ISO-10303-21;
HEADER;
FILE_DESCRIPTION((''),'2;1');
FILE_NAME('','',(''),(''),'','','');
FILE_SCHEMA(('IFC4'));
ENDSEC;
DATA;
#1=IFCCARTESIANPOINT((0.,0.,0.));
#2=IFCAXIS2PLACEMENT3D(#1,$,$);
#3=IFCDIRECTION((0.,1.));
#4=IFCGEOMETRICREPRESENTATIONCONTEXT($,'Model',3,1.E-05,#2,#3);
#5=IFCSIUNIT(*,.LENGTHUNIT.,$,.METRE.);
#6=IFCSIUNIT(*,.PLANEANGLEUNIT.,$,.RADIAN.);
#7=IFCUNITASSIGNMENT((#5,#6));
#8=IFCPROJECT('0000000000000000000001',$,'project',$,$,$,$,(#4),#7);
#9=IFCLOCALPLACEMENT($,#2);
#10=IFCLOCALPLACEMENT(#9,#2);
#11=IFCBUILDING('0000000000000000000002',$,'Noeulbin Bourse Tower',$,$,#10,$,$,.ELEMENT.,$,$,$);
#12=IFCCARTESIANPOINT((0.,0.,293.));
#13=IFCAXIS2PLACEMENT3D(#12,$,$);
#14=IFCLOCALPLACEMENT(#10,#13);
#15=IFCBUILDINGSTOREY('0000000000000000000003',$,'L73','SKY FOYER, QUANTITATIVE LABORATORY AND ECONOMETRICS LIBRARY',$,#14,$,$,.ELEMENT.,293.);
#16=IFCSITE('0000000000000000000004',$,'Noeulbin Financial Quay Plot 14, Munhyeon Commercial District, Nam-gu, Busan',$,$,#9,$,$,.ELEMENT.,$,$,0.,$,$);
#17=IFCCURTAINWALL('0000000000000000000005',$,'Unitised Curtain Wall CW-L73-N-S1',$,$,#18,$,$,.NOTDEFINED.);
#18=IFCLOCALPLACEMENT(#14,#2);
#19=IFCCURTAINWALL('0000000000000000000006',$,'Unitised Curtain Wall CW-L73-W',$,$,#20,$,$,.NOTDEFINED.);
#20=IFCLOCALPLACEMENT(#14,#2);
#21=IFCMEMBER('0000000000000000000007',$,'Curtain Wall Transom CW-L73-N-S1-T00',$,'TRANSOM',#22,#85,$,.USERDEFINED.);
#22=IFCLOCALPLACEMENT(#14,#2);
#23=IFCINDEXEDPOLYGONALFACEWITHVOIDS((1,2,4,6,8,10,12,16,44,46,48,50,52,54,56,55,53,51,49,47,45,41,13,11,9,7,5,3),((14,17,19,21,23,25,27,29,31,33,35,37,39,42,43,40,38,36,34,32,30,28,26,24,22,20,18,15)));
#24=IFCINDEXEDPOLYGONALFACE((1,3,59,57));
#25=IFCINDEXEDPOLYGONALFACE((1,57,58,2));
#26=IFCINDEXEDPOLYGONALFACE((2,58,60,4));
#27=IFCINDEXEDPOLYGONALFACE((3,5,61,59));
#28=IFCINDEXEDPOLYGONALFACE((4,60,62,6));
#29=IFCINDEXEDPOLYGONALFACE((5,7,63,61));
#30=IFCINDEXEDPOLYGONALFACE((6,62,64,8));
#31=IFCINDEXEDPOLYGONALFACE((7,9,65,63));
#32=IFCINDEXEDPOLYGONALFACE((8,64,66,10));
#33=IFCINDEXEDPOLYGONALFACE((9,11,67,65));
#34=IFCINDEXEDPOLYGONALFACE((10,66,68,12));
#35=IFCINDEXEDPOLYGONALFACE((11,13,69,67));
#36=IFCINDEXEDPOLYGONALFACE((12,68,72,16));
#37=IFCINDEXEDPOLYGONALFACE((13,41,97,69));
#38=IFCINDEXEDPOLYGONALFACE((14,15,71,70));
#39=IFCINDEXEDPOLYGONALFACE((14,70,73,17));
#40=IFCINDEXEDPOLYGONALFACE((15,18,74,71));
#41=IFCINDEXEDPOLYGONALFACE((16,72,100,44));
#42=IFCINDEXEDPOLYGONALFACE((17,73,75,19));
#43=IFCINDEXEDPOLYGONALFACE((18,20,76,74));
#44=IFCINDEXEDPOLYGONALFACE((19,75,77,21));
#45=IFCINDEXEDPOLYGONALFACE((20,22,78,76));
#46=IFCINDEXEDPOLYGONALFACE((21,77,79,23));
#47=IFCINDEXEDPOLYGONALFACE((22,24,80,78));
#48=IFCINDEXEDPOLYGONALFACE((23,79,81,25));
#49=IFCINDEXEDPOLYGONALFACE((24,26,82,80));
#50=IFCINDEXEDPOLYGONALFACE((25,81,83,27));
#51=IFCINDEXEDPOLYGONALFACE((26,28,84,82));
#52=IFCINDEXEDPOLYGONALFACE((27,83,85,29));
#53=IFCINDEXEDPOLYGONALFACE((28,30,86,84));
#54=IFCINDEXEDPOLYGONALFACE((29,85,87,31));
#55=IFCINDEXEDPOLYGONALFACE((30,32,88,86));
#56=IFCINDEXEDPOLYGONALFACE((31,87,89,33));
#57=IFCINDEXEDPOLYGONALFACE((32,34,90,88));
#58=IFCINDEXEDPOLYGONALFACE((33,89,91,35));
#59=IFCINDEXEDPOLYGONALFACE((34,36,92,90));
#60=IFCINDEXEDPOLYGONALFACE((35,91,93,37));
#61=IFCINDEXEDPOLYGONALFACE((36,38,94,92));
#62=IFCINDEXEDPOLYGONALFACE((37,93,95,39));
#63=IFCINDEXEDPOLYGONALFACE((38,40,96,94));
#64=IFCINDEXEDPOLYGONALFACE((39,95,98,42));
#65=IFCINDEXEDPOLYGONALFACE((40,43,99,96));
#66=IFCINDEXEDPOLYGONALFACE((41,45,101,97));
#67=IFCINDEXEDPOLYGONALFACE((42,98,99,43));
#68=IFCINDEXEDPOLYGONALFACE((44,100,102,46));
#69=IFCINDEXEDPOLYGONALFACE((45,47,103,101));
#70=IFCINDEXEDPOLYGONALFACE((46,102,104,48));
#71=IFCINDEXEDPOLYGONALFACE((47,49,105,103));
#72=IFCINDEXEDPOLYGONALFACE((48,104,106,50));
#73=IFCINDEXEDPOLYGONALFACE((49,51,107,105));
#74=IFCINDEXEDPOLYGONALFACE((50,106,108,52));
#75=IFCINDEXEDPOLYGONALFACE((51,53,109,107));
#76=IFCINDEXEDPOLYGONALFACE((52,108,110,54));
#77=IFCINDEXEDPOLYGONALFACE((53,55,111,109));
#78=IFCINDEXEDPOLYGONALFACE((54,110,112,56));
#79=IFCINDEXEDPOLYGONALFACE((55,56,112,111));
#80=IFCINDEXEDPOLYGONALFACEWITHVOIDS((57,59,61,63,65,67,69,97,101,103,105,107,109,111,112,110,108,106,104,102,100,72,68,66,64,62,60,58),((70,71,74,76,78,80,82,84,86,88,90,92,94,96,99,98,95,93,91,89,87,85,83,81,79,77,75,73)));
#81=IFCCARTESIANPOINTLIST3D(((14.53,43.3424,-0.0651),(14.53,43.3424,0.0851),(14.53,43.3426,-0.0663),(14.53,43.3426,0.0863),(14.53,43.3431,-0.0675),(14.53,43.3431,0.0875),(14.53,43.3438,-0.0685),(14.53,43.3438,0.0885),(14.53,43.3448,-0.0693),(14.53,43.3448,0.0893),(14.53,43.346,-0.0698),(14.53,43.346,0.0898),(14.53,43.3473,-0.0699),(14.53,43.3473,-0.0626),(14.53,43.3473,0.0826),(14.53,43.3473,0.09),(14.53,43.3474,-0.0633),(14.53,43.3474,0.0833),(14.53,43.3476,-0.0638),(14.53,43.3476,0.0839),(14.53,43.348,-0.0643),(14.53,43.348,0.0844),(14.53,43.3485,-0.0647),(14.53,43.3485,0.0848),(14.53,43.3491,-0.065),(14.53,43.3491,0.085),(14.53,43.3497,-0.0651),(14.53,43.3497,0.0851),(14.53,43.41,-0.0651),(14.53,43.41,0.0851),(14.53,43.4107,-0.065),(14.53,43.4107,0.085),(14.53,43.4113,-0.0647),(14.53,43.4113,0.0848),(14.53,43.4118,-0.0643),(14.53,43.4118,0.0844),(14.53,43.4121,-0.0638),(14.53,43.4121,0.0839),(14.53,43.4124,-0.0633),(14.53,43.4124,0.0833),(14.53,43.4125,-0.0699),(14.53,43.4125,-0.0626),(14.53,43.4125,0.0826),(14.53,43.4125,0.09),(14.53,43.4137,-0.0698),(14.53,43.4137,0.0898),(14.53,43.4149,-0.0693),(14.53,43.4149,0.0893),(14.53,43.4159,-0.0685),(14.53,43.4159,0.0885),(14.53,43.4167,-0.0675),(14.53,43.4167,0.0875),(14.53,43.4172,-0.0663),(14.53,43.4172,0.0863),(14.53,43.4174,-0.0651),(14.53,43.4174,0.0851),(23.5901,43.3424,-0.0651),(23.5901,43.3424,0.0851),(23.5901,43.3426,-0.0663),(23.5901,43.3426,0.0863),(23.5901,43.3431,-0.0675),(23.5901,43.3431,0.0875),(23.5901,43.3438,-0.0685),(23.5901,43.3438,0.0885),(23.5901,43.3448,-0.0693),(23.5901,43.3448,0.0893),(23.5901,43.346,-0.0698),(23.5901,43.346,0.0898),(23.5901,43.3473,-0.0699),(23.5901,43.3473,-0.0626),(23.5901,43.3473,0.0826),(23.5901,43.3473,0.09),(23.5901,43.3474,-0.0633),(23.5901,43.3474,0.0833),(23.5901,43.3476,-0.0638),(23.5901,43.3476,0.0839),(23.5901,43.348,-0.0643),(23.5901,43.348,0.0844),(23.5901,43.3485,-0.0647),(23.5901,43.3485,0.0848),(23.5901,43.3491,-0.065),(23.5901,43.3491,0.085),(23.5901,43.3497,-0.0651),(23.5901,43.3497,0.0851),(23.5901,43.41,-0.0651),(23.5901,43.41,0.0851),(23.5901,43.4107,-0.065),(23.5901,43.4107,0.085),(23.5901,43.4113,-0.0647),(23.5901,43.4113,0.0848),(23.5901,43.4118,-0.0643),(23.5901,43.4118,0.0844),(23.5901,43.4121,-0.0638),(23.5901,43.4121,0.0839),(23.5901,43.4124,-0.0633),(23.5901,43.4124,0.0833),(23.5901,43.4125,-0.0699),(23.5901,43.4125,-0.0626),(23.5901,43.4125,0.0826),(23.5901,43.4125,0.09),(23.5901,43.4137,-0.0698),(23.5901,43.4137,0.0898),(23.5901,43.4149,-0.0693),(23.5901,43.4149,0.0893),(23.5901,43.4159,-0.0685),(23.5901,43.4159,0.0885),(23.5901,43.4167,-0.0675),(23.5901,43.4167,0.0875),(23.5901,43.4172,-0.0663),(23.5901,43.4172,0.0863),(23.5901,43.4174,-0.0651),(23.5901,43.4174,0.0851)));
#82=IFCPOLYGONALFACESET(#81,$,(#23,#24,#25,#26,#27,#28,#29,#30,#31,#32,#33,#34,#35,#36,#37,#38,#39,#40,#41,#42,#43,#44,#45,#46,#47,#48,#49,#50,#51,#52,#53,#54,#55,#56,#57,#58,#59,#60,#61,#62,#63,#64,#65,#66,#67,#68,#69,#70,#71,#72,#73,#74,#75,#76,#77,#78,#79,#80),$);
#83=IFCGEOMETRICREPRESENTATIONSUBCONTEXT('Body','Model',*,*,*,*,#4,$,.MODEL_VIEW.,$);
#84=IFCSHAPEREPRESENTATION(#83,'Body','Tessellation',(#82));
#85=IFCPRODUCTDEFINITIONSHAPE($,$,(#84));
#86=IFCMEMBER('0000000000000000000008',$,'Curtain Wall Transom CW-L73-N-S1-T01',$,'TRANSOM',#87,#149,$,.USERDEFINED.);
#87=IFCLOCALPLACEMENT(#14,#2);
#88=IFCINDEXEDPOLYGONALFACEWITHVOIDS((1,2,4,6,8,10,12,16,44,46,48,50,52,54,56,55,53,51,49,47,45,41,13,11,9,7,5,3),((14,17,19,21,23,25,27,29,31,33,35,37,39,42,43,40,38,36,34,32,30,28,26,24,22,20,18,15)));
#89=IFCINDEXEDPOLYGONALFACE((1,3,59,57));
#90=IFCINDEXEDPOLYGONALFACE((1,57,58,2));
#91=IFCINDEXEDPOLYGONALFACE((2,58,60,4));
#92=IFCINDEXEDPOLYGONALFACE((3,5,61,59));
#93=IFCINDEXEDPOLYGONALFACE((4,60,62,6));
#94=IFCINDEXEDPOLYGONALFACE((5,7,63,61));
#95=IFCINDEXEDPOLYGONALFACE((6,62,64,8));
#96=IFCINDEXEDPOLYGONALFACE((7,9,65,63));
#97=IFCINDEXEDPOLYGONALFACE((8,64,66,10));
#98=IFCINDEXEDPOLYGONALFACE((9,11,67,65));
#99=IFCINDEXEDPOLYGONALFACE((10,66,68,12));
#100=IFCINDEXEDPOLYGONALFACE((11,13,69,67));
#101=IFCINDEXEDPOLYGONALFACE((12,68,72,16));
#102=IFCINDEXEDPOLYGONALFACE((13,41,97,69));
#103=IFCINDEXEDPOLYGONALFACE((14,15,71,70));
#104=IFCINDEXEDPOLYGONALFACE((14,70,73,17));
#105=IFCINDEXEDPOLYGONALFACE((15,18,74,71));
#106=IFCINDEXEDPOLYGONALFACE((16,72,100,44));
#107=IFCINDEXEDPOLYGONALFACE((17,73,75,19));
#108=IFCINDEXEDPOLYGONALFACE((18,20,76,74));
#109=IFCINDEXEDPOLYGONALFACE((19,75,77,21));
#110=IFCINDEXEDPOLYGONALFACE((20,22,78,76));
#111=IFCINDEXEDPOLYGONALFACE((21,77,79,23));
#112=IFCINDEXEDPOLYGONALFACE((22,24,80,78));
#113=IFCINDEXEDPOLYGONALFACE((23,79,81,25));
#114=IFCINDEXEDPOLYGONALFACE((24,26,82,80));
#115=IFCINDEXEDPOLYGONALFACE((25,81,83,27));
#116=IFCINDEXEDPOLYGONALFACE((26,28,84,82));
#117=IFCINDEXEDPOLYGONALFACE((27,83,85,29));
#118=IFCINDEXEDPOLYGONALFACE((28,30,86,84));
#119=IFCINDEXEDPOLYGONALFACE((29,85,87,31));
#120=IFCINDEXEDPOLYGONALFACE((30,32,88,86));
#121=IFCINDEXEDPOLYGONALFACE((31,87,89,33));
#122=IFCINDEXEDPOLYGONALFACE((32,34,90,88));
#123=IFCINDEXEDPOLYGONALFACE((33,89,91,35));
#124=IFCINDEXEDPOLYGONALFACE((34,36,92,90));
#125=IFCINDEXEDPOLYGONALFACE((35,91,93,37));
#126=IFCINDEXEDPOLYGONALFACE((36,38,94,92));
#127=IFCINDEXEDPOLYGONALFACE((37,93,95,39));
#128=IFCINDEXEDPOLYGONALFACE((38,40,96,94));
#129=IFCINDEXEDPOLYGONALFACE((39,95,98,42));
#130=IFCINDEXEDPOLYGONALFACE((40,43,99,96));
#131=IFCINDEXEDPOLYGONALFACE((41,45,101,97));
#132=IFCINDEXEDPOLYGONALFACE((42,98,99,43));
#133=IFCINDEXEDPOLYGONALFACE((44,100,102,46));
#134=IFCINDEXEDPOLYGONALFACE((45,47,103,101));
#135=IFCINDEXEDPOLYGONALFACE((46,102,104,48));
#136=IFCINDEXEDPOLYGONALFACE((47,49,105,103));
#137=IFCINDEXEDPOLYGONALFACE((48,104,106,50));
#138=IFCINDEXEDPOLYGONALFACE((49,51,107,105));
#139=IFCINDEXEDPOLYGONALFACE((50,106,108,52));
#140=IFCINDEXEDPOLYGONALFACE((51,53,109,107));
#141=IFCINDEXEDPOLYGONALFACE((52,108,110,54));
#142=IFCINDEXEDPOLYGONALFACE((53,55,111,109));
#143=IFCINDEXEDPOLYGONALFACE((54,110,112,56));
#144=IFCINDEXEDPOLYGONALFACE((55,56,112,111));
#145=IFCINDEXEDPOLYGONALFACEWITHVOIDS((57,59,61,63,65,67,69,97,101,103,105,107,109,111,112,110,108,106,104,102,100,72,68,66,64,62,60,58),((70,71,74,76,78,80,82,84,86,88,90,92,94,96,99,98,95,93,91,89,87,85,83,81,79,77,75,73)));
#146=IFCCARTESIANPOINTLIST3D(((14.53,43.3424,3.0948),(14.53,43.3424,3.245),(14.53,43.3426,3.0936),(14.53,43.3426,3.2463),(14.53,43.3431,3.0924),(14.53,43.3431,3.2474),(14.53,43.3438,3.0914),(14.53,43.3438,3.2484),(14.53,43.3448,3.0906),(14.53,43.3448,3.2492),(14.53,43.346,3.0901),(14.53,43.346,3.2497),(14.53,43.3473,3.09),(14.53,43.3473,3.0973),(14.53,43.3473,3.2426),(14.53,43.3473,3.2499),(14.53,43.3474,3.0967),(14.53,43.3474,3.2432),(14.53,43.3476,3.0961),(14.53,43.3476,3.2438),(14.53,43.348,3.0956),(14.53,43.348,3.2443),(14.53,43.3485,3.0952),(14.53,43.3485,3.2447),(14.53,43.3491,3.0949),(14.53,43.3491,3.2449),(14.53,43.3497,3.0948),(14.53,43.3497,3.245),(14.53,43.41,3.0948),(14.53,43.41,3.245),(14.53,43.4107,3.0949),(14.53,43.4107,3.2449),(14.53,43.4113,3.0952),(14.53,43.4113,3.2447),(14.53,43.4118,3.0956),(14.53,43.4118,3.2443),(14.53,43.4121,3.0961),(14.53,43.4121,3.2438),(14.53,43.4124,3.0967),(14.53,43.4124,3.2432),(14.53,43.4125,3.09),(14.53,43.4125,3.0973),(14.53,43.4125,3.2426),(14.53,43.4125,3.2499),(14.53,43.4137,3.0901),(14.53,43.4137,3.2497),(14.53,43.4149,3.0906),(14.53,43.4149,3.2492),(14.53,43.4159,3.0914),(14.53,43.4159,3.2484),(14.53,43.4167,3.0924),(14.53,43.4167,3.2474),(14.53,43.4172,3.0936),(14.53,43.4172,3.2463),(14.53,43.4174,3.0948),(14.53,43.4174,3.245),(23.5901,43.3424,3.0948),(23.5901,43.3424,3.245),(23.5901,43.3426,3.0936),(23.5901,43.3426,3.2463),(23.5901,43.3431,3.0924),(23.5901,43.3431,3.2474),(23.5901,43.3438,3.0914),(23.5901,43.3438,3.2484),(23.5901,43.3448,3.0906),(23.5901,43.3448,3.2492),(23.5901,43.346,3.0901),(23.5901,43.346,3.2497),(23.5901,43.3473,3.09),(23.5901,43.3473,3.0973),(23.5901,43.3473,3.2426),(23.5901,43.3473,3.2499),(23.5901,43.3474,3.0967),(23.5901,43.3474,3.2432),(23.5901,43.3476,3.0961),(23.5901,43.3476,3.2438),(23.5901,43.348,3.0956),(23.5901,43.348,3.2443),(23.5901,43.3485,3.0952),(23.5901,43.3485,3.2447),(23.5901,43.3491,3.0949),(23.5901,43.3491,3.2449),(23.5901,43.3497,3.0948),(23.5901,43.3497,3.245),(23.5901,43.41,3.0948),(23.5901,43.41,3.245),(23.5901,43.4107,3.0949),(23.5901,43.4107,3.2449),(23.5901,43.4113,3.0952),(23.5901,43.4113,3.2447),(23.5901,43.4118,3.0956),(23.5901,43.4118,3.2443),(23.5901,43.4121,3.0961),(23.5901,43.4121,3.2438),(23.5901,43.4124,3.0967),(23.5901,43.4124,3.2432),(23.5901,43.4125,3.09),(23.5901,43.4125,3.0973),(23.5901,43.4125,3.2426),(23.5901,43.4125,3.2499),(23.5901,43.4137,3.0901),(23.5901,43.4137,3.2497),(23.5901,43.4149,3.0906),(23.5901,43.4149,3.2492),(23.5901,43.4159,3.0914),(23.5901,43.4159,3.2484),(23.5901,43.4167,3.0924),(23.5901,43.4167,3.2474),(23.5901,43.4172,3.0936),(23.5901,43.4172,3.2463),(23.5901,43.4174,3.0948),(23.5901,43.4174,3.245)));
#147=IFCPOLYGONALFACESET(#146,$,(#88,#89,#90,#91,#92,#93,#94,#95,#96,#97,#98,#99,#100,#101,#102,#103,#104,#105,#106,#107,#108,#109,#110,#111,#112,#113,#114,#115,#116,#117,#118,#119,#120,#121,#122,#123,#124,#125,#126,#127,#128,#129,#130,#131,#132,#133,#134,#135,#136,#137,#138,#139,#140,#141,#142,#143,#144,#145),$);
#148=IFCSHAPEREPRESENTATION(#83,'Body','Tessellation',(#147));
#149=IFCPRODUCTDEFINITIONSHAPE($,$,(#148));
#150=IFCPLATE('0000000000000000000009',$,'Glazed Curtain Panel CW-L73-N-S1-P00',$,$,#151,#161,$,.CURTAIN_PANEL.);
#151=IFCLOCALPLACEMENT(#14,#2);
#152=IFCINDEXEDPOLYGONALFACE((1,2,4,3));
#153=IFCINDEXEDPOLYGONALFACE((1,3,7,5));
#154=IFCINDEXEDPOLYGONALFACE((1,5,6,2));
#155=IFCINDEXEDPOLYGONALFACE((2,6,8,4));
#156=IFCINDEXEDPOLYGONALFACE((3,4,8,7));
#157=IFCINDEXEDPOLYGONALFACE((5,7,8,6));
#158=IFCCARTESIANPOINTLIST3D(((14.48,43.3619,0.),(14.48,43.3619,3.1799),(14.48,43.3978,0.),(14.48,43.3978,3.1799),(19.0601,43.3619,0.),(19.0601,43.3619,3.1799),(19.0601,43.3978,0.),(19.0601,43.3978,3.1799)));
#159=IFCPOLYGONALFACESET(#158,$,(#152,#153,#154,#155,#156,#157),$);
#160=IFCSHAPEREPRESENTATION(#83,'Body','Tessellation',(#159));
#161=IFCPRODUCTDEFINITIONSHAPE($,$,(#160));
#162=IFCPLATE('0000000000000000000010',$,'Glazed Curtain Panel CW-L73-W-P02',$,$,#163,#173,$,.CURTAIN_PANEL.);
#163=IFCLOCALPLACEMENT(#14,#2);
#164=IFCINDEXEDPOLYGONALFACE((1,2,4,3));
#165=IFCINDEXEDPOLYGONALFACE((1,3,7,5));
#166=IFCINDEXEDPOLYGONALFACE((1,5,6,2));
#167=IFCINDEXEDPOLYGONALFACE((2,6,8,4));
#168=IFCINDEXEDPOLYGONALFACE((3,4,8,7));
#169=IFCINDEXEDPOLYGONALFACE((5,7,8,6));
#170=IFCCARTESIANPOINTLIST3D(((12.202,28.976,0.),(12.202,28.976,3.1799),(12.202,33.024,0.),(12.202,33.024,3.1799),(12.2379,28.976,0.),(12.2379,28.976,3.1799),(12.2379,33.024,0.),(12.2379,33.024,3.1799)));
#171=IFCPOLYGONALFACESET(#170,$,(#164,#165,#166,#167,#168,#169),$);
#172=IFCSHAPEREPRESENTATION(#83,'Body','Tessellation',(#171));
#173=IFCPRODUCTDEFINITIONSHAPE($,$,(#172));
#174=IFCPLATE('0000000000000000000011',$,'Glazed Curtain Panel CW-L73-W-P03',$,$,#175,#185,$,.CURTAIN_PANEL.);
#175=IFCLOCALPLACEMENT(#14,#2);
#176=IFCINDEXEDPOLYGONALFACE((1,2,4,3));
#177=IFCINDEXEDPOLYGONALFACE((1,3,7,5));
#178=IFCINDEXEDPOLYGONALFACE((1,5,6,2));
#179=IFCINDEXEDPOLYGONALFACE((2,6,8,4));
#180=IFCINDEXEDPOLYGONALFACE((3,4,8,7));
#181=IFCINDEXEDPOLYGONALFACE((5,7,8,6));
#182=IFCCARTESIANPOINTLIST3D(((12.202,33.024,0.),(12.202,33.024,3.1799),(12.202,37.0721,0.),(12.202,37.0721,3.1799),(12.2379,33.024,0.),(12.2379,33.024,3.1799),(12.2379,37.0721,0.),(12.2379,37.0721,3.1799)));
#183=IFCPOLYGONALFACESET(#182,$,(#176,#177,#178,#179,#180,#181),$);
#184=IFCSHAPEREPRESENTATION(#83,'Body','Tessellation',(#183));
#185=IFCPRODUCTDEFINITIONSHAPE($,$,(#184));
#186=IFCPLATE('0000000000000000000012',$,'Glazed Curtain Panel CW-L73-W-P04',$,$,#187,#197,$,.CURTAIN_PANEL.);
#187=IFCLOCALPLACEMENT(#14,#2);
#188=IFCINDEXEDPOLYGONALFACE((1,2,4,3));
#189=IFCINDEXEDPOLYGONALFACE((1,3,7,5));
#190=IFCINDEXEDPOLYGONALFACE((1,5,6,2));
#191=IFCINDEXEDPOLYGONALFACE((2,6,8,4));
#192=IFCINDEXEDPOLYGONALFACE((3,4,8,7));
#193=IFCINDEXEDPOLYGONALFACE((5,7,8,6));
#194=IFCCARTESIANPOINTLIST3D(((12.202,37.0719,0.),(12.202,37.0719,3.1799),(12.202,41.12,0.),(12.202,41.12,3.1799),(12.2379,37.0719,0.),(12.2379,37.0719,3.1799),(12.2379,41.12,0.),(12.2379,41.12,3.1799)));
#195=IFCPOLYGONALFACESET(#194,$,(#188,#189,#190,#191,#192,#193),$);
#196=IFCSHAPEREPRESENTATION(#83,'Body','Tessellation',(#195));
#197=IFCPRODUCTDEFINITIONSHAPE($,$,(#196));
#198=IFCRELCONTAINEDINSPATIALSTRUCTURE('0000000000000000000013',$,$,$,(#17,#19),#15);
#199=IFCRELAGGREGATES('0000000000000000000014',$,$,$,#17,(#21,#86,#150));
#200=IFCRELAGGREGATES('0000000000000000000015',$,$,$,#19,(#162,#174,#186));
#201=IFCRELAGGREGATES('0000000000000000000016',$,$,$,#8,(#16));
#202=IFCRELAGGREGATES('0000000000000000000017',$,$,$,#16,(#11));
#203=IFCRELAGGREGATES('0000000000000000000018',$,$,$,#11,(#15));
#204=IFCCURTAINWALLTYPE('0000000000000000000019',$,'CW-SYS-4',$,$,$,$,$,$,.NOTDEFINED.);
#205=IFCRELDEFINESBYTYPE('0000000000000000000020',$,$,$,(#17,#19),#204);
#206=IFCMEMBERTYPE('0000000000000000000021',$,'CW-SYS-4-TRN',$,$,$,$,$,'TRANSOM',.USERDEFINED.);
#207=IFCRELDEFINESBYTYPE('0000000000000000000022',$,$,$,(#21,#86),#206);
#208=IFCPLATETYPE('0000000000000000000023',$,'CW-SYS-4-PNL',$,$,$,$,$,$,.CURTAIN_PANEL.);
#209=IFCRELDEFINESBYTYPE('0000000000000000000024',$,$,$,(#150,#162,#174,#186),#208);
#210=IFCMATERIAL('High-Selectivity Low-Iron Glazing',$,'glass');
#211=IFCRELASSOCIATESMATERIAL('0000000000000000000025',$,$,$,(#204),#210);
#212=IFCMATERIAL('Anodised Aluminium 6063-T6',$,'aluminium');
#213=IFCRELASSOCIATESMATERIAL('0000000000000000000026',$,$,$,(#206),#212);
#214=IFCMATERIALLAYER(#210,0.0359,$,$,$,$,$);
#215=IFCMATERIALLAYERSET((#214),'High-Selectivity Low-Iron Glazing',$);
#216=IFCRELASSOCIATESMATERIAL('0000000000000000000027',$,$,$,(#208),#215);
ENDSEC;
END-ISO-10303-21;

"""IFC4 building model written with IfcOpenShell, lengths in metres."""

from ifc_helpers import new_model, si_unit, direction, frame, origin, origin_2d, place, context, subcontext, project, spatial, rectangle, hollow_rectangle, extrude, material, layer, layer_set, material_profile, profile_set, type_object, element, aggregate, save


model = new_model("IFC4")

# Units and contexts
model_context = context("Model", 3, precision=1e-05, world=origin(), true_north=direction((0.0, 1.0)))
body_context = subcontext(model_context, "Body", "Model", "MODEL_VIEW")
ifc_project = project(units=[si_unit("LENGTHUNIT", "METRE"), si_unit("PLANEANGLEUNIT", "RADIAN")], contexts=[model_context])

# Site, building, storey
site_placement = place(None, origin())
site = spatial("IfcSite", under=ifc_project, at=site_placement, Name="Noeulbin Financial Quay Plot 14, Munhyeon Commercial District, Nam-gu, Busan", CompositionType="ELEMENT", RefElevation=0.0)
building_placement = place(site_placement, origin())
building = spatial("IfcBuilding", under=site, at=building_placement, Name="Noeulbin Bourse Tower", CompositionType="ELEMENT")
storey_placement = place(building_placement, frame((0.0, 0.0, 293.0)))
storey = spatial("IfcBuildingStorey", under=building, at=storey_placement, Name="L73", Description="SKY FOYER, QUANTITATIVE LABORATORY AND ECONOMETRICS LIBRARY", CompositionType="ELEMENT", Elevation=293.0)

# Curtain wall
ifc_material_1 = material(Name="High-Selectivity Low-Iron Glazing", Category="glass")
curtain_wall_type = type_object("IfcCurtainWallType", Name="CW-SYS-4", PredefinedType="NOTDEFINED", material=ifc_material_1)
curtain_wall_1_placement = place(storey_placement, origin())
curtain_wall_1 = element("IfcCurtainWall", 1, at=curtain_wall_1_placement, inside=storey, type_object=curtain_wall_type, Name="Unitised Curtain Wall CW-L73-N-S1", PredefinedType="NOTDEFINED")
ifc_material_2 = material(Name="Anodised Aluminium 6063-T6", Category="aluminium")

# Curtain wall
curtain_wall_2_placement = place(storey_placement, origin())
curtain_wall_2 = element("IfcCurtainWall", 2, at=curtain_wall_2_placement, inside=storey, type_object=curtain_wall_type, Name="Unitised Curtain Wall CW-L73-W", PredefinedType="NOTDEFINED")

# Members
ifc_material_profile_1 = material_profile(ifc_material_2, hollow_rectangle(XDim=0.075, YDim=0.1599, WallThickness=0.0049, InnerFilletRadius=0.0024, OuterFilletRadius=0.0049, at=origin_2d()), Name="ALU-TRAN-75x160x5", Category="LoadBearing")
ifc_profile_set_1 = profile_set([ifc_material_profile_1], Name="Anodised Aluminium 6063-T6")
member_type_1 = type_object("IfcMemberType", Name="CW-SYS-4-TRN", ElementType="TRANSOM", PredefinedType="USERDEFINED", material=ifc_profile_set_1)
member_1_placement = place(storey_placement, frame((14.53, 43.3799, 0.01), z_axis=(1.0, 0.0, 0.0), x_axis=(0.0, 1.0, 0.0)))
member_1 = element("IfcMember", 3, at=member_1_placement, type_object=member_type_1, Name="Curtain Wall Transom CW-L73-N-S1-T00", ObjectType="TRANSOM", PredefinedType="USERDEFINED", context=body_context, shape_type="SweptSolid", body=[
    extrude(hollow_rectangle(XDim=0.075, YDim=0.1599, WallThickness=0.0049, InnerFilletRadius=0.0024, OuterFilletRadius=0.0049, at=origin_2d()), origin(), (0.0, 0.0, 1.0), 9.0601),
])
member_2_placement = place(storey_placement, frame((14.53, 43.3799, 3.1699), z_axis=(1.0, 0.0, 0.0), x_axis=(0.0, 1.0, 0.0)))
member_2 = element("IfcMember", 4, at=member_2_placement, type_object=member_type_1, Name="Curtain Wall Transom CW-L73-N-S1-T01", ObjectType="TRANSOM", PredefinedType="USERDEFINED", context=body_context, shape_type="SweptSolid", body=[
    extrude(hollow_rectangle(XDim=0.075, YDim=0.1599, WallThickness=0.0049, InnerFilletRadius=0.0024, OuterFilletRadius=0.0049, at=origin_2d()), origin(), (0.0, 0.0, 1.0), 9.0601),
])

# Plates
ifc_layer_1 = layer(ifc_material_1, 0.0359)
ifc_layer_set_1 = layer_set([ifc_layer_1], Name="High-Selectivity Low-Iron Glazing")
plate_type_1 = type_object("IfcPlateType", Name="CW-SYS-4-PNL", PredefinedType="CURTAIN_PANEL", material=ifc_layer_set_1)
plate_1_placement = place(storey_placement, frame((16.77, 43.3799, 0.0), z_axis=(0.0, 0.0, 1.0), x_axis=(1.0, 0.0, 0.0)))
plate_1 = element("IfcPlate", 5, at=plate_1_placement, type_object=plate_type_1, Name="Glazed Curtain Panel CW-L73-N-S1-P00", PredefinedType="CURTAIN_PANEL", context=body_context, shape_type="SweptSolid", body=[
    extrude(rectangle(XDim=4.5801, YDim=0.0359, at=origin_2d()), origin(), (0.0, 0.0, 1.0), 3.1799),
])
aggregate(curtain_wall_1, [member_1, member_2, plate_1])
plate_2_placement = place(storey_placement, frame((12.22, 31.0, 0.0), z_axis=(0.0, 0.0, 1.0), x_axis=(0.0, 1.0, 0.0)))
plate_2 = element("IfcPlate", 6, at=plate_2_placement, type_object=plate_type_1, Name="Glazed Curtain Panel CW-L73-W-P02", PredefinedType="CURTAIN_PANEL", context=body_context, shape_type="SweptSolid", body=[
    extrude(rectangle(XDim=4.0481, YDim=0.0359, at=origin_2d()), origin(), (0.0, 0.0, 1.0), 3.1799),
])
plate_3_placement = place(storey_placement, frame((12.22, 35.0481, 0.0), z_axis=(0.0, 0.0, 1.0), x_axis=(0.0, 1.0, 0.0)))
plate_3 = element("IfcPlate", 7, at=plate_3_placement, type_object=plate_type_1, Name="Glazed Curtain Panel CW-L73-W-P03", PredefinedType="CURTAIN_PANEL", context=body_context, shape_type="SweptSolid", body=[
    extrude(rectangle(XDim=4.0481, YDim=0.0359, at=origin_2d()), origin(), (0.0, 0.0, 1.0), 3.1799),
])
plate_4_placement = place(storey_placement, frame((12.22, 39.0959, 0.0), z_axis=(0.0, 0.0, 1.0), x_axis=(0.0, 1.0, 0.0)))
plate_4 = element("IfcPlate", 8, at=plate_4_placement, type_object=plate_type_1, Name="Glazed Curtain Panel CW-L73-W-P04", PredefinedType="CURTAIN_PANEL", context=body_context, shape_type="SweptSolid", body=[
    extrude(rectangle(XDim=4.0481, YDim=0.0359, at=origin_2d()), origin(), (0.0, 0.0, 1.0), 3.1799),
])
aggregate(curtain_wall_2, [plate_2, plate_3, plate_4])

save(model, "model.ifc")
